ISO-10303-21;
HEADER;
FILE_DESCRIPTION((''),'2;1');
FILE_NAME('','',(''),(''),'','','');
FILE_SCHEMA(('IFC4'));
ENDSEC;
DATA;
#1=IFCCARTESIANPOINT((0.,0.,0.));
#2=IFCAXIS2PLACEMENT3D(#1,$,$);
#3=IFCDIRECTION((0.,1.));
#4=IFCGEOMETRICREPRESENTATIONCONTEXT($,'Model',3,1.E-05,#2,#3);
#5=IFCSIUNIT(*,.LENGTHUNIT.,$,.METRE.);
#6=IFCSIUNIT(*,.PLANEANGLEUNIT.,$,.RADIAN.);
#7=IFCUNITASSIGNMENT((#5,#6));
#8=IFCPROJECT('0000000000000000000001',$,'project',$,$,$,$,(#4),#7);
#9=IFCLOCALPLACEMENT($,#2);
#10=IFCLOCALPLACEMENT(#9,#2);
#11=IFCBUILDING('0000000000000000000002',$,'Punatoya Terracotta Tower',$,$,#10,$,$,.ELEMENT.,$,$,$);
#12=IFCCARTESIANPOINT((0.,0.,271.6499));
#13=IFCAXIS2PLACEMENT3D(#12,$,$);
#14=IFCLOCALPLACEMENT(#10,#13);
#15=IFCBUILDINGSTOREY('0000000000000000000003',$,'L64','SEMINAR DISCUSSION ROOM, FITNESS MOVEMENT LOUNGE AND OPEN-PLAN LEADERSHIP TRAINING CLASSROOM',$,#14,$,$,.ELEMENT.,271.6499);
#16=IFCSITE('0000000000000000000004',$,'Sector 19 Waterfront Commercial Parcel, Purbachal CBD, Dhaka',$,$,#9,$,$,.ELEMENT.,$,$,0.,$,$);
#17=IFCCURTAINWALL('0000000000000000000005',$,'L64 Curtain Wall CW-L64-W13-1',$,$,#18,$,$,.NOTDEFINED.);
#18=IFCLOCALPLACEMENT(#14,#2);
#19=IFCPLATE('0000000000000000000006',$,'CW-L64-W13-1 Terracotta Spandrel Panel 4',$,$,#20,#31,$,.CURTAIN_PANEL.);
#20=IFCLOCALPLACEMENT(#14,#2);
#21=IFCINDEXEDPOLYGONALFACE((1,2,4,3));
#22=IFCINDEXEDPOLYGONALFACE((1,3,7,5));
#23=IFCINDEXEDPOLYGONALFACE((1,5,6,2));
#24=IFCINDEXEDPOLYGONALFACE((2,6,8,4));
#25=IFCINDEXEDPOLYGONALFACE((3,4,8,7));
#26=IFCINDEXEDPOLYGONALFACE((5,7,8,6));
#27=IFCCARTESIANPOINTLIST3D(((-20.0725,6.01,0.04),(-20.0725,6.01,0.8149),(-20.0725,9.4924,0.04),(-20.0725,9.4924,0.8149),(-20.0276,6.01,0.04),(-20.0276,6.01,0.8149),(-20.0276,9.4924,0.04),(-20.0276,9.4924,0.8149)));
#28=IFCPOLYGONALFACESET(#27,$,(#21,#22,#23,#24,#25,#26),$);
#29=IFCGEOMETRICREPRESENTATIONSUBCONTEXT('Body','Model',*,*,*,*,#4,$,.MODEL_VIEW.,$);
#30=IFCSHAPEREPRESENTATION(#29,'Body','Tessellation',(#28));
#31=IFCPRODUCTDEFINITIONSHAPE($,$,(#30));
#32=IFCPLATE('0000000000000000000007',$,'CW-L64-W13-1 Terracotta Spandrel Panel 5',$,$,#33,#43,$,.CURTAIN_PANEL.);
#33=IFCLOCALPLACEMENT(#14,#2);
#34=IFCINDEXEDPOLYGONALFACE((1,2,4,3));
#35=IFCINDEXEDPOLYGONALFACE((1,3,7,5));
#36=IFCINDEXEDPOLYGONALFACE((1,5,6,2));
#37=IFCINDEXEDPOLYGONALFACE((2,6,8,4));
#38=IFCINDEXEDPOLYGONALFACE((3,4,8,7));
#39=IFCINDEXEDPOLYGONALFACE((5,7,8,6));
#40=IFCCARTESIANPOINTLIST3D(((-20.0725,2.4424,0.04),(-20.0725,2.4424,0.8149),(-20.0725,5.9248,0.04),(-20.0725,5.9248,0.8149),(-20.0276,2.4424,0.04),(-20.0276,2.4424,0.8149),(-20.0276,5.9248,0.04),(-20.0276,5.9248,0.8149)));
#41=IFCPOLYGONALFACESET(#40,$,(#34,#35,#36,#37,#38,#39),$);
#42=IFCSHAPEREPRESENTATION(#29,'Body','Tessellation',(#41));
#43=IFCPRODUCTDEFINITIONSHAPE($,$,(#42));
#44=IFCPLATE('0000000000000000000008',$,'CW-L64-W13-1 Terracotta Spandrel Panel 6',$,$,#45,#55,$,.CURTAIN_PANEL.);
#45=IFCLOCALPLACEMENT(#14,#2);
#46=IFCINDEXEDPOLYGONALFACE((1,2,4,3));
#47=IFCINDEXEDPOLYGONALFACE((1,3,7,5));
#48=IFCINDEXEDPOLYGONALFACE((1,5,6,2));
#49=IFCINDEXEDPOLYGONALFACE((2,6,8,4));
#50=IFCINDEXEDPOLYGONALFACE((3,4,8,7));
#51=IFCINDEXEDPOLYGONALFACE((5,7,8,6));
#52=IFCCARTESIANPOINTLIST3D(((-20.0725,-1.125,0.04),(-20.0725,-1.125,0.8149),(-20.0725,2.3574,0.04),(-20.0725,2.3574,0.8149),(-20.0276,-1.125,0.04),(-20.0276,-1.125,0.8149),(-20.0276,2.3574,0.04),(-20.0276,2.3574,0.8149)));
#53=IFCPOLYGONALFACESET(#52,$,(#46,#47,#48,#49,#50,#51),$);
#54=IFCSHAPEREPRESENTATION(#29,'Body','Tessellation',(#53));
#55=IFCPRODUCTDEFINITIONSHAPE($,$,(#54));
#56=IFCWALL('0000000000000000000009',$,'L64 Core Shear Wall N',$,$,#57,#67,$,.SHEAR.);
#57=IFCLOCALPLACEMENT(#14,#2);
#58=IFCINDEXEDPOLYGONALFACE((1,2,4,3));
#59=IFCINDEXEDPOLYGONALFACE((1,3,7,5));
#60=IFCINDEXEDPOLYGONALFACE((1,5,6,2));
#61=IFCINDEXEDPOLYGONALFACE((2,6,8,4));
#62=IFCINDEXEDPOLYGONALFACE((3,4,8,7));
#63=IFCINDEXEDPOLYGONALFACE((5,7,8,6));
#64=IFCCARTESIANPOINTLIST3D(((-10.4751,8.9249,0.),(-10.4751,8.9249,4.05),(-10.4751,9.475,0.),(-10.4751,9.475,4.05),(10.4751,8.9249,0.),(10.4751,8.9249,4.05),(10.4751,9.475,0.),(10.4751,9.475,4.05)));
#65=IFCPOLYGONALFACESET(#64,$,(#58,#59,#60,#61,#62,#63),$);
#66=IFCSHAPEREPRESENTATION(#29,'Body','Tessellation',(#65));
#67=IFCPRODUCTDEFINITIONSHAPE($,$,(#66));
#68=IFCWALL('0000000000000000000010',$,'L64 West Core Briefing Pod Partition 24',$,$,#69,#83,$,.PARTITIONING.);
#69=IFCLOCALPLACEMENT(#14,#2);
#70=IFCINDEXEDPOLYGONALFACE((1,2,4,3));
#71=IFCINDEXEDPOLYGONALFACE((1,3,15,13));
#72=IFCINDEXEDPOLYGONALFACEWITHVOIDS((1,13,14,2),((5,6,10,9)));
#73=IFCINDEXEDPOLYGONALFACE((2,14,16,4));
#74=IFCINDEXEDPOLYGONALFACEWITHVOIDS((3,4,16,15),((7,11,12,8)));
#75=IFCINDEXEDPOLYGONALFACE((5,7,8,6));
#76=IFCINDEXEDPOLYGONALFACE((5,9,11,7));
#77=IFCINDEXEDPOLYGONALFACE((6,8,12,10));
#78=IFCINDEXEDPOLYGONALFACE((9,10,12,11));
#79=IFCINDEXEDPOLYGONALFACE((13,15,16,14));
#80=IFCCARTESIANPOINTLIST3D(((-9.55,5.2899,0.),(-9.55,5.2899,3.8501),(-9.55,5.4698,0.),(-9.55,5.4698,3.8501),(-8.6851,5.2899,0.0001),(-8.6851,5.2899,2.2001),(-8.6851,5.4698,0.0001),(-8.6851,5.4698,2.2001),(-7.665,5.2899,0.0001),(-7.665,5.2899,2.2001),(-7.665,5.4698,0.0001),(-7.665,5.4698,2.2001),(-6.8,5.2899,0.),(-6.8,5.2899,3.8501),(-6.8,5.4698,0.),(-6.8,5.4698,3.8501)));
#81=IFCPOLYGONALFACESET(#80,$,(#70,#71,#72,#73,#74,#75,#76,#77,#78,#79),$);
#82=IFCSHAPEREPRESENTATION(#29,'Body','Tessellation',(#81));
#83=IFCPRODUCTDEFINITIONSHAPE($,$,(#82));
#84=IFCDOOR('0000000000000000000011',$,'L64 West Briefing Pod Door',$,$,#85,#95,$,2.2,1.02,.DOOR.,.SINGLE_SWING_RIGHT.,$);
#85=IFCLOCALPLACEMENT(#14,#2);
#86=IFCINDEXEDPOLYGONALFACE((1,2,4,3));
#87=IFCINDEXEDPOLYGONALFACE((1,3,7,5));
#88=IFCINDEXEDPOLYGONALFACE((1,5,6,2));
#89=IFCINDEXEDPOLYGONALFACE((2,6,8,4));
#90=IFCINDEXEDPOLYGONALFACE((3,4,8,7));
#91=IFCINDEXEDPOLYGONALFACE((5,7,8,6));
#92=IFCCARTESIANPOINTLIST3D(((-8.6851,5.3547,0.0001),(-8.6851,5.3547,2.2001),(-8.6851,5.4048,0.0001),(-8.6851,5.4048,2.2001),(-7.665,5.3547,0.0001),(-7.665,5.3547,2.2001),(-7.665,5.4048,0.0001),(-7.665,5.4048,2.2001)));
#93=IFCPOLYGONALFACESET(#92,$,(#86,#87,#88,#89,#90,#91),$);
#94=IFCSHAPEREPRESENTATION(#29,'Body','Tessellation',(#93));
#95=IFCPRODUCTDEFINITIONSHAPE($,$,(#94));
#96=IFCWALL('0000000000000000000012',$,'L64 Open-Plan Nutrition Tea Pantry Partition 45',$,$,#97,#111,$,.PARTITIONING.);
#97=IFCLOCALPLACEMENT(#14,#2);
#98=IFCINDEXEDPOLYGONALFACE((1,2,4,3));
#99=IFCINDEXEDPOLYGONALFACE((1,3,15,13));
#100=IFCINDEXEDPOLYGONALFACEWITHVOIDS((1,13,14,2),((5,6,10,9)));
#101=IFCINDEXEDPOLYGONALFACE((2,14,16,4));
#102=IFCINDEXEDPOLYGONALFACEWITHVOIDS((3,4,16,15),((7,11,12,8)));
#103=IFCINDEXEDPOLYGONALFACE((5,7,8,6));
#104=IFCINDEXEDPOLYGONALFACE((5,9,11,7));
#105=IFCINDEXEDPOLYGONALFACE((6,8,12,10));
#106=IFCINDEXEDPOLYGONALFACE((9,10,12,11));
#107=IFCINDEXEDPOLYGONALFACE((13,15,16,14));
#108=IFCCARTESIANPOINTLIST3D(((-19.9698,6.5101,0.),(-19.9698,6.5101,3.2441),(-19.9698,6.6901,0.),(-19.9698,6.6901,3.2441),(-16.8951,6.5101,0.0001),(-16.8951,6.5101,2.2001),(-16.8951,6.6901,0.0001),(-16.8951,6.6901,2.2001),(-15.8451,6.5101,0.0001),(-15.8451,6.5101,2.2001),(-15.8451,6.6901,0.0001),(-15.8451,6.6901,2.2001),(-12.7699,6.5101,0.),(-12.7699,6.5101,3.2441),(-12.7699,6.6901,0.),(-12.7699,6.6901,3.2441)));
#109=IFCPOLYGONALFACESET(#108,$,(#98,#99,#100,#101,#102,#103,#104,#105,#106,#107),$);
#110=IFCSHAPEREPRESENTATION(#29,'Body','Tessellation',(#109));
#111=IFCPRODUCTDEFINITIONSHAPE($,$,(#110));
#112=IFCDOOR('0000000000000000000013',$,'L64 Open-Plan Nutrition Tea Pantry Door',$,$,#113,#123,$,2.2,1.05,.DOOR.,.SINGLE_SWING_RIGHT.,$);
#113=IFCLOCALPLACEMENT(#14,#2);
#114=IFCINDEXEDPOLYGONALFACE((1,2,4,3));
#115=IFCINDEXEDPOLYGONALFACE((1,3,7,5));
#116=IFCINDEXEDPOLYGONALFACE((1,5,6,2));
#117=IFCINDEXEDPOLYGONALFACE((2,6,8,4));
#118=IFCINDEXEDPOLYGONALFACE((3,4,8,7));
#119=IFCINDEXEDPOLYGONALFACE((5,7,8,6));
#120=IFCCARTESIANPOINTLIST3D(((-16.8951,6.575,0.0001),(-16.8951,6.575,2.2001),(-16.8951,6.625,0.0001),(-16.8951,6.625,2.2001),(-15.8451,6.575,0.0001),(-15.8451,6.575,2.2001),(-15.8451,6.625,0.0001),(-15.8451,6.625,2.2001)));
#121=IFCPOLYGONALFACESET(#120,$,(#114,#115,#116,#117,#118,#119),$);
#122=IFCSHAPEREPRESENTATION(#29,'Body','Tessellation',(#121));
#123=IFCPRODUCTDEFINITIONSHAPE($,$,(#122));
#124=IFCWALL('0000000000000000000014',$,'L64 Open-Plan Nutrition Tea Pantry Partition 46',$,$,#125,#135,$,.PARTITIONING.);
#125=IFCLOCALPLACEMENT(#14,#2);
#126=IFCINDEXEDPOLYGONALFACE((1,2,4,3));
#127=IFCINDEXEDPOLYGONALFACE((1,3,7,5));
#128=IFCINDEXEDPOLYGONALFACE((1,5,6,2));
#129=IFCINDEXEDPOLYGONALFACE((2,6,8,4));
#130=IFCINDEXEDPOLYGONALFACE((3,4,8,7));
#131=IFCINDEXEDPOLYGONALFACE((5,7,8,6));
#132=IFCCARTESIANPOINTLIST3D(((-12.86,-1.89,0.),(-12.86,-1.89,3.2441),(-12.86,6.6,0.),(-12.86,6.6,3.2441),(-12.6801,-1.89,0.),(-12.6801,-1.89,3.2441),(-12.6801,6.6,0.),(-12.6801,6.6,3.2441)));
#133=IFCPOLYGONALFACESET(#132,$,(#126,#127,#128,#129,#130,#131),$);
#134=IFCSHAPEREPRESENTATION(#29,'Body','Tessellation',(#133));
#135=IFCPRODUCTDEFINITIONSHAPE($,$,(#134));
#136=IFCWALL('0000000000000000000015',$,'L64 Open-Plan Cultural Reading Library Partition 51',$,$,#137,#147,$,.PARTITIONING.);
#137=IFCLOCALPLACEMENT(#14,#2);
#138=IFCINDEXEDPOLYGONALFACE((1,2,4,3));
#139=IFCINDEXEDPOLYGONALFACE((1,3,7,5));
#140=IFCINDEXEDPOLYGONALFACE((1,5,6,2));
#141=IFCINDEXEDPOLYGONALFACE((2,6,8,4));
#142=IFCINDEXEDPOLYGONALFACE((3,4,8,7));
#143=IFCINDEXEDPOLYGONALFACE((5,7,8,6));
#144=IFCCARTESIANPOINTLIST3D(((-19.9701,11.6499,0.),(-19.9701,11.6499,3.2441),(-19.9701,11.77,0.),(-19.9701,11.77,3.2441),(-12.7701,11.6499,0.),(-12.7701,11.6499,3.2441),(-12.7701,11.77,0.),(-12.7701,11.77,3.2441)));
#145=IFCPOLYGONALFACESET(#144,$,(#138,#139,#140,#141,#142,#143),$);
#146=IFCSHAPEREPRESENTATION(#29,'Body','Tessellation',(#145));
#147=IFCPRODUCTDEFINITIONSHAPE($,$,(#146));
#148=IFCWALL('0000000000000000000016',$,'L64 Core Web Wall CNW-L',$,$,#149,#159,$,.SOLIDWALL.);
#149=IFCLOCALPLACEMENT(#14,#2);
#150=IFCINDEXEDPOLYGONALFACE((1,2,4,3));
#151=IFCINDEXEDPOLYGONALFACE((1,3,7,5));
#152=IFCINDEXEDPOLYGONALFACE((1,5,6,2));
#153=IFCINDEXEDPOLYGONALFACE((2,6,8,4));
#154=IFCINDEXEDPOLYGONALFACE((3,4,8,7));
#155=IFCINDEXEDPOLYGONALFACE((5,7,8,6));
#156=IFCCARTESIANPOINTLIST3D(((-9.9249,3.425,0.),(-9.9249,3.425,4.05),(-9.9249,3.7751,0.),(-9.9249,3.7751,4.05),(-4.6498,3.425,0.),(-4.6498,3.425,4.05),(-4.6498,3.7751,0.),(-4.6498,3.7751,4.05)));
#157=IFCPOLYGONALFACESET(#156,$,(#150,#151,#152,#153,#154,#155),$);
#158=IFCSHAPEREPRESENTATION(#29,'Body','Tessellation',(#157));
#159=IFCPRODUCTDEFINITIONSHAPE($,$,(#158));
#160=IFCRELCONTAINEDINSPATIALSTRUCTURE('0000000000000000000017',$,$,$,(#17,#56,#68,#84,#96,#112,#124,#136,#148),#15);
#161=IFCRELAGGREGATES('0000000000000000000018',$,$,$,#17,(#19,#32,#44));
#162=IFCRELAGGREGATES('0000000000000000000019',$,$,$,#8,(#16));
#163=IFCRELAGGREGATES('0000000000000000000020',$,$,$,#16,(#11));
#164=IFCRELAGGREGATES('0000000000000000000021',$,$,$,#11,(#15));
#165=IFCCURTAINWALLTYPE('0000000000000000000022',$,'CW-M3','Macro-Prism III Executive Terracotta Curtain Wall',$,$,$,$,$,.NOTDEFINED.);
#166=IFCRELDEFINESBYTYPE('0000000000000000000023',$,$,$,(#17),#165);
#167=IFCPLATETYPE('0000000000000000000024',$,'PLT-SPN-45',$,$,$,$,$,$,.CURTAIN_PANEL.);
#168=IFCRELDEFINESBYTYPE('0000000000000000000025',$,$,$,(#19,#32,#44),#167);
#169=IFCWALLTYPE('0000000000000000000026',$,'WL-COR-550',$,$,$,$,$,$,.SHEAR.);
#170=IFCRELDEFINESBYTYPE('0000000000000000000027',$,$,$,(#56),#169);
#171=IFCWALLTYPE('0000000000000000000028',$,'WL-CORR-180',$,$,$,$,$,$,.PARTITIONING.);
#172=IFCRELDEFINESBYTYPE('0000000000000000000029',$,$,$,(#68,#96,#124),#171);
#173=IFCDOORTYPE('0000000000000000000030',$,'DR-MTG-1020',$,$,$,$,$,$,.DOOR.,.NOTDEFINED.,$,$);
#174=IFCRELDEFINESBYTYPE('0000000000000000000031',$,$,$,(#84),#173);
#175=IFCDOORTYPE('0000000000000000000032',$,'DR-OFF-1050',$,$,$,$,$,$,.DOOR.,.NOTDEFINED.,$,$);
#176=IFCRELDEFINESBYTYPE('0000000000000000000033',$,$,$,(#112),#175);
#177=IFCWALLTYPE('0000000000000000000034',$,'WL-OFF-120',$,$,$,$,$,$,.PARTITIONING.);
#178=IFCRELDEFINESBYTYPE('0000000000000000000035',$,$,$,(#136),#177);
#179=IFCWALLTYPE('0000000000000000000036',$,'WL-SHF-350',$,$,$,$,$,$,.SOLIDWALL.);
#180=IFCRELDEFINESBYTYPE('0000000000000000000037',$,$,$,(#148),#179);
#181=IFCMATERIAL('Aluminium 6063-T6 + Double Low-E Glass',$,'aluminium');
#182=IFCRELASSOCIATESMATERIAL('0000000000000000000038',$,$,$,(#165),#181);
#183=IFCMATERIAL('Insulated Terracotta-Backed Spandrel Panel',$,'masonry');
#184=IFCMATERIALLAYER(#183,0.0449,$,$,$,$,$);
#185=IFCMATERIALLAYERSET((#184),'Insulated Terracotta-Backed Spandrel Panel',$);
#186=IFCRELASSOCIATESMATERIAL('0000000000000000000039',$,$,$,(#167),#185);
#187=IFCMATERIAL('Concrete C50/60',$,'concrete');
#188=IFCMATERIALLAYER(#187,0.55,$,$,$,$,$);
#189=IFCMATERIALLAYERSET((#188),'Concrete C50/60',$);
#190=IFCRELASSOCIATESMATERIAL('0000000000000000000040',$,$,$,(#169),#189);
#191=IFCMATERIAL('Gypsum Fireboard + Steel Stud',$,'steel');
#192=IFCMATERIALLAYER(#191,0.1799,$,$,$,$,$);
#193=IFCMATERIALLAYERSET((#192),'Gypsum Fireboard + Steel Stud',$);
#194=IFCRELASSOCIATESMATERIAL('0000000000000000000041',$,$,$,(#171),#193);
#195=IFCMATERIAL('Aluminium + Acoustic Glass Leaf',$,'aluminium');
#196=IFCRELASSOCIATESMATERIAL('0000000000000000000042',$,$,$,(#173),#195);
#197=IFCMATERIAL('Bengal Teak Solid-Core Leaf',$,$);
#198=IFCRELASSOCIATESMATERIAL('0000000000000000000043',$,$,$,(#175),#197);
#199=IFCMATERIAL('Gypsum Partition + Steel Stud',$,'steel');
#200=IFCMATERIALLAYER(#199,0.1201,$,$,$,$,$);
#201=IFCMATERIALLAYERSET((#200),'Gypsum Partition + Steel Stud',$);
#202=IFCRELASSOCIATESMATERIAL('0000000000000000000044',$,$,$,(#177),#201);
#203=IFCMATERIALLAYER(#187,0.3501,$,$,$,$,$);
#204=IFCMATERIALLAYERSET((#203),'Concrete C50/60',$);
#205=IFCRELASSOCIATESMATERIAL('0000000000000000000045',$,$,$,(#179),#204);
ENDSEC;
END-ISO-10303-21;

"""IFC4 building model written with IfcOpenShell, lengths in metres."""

from ifc_helpers import new_model, si_unit, direction, frame, frame_2d, origin, origin_2d, place, context, subcontext, project, spatial, rectangle, extrude, material, layer, layer_set, type_object, element, fill, aggregate, save


model = new_model("IFC4")

# Units and contexts
model_context = context("Model", 3, precision=1e-05, world=origin(), true_north=direction((0.0, 1.0)))
body_context = subcontext(model_context, "Body", "Model", "MODEL_VIEW")
ifc_project = project(units=[si_unit("LENGTHUNIT", "METRE"), si_unit("PLANEANGLEUNIT", "RADIAN")], contexts=[model_context])

# Site, building, storey
site_placement = place(None, origin())
site = spatial("IfcSite", under=ifc_project, at=site_placement, Name="Sector 19 Waterfront Commercial Parcel, Purbachal CBD, Dhaka", CompositionType="ELEMENT", RefElevation=0.0)
building_placement = place(site_placement, origin())
building = spatial("IfcBuilding", under=site, at=building_placement, Name="Punatoya Terracotta Tower", CompositionType="ELEMENT")
storey_placement = place(building_placement, frame((0.0, 0.0, 271.6499)))
storey = spatial("IfcBuildingStorey", under=building, at=storey_placement, Name="L64", Description="SEMINAR DISCUSSION ROOM, FITNESS MOVEMENT LOUNGE AND OPEN-PLAN LEADERSHIP TRAINING CLASSROOM", CompositionType="ELEMENT", Elevation=271.6499)

# Curtain wall, plates
ifc_material_1 = material(Name="Aluminium 6063-T6 + Double Low-E Glass", Category="aluminium")
curtain_wall_type = type_object("IfcCurtainWallType", Name="CW-M3", Description="Macro-Prism III Executive Terracotta Curtain Wall", PredefinedType="NOTDEFINED", material=ifc_material_1)
curtain_wall_placement = place(storey_placement, origin())
curtain_wall = element("IfcCurtainWall", 1, at=curtain_wall_placement, inside=storey, type_object=curtain_wall_type, Name="L64 Curtain Wall CW-L64-W13-1", PredefinedType="NOTDEFINED")
ifc_material_2 = material(Name="Insulated Terracotta-Backed Spandrel Panel", Category="masonry")
ifc_layer_1 = layer(ifc_material_2, 0.0449)
ifc_layer_set_1 = layer_set([ifc_layer_1], Name="Insulated Terracotta-Backed Spandrel Panel")
plate_type_1 = type_object("IfcPlateType", Name="PLT-SPN-45", PredefinedType="CURTAIN_PANEL", material=ifc_layer_set_1)
plate_1_placement = place(storey_placement, frame((-20.05, 7.7512, 0.04), z_axis=(0.0, 0.0, 1.0), x_axis=(0.0, -1.0, 0.0)))
plate_1 = element("IfcPlate", 2, at=plate_1_placement, type_object=plate_type_1, Name="CW-L64-W13-1 Terracotta Spandrel Panel 4", PredefinedType="CURTAIN_PANEL", context=body_context, shape_type="SweptSolid", body=[
    extrude(rectangle(XDim=3.4824, YDim=0.0449, at=origin_2d()), origin(), (0.0, 0.0, 1.0), 0.7749),
])
plate_2_placement = place(storey_placement, frame((-20.05, 4.1836, 0.04), z_axis=(0.0, 0.0, 1.0), x_axis=(0.0, -1.0, 0.0)))
plate_2 = element("IfcPlate", 3, at=plate_2_placement, type_object=plate_type_1, Name="CW-L64-W13-1 Terracotta Spandrel Panel 5", PredefinedType="CURTAIN_PANEL", context=body_context, shape_type="SweptSolid", body=[
    extrude(rectangle(XDim=3.4824, YDim=0.0449, at=origin_2d()), origin(), (0.0, 0.0, 1.0), 0.7749),
])
plate_3_placement = place(storey_placement, frame((-20.05, 0.6162, 0.04), z_axis=(0.0, 0.0, 1.0), x_axis=(0.0, -1.0, 0.0)))
plate_3 = element("IfcPlate", 4, at=plate_3_placement, type_object=plate_type_1, Name="CW-L64-W13-1 Terracotta Spandrel Panel 6", PredefinedType="CURTAIN_PANEL", context=body_context, shape_type="SweptSolid", body=[
    extrude(rectangle(XDim=3.4824, YDim=0.0449, at=origin_2d()), origin(), (0.0, 0.0, 1.0), 0.7749),
])
aggregate(curtain_wall, [plate_1, plate_2, plate_3])

# Wall
ifc_material_3 = material(Name="Concrete C50/60", Category="concrete")
ifc_layer_2 = layer(ifc_material_3, 0.55)
ifc_layer_set_2 = layer_set([ifc_layer_2], Name="Concrete C50/60")
wall_type_1 = type_object("IfcWallType", Name="WL-COR-550", PredefinedType="SHEAR", material=ifc_layer_set_2)
wall_1_placement = place(storey_placement, frame((-10.4751, 9.2, 0.0), z_axis=(0.0, 0.0, 1.0), x_axis=(1.0, 0.0, 0.0)))
element("IfcWall", 5, at=wall_1_placement, inside=storey, type_object=wall_type_1, Name="L64 Core Shear Wall N", PredefinedType="SHEAR", context=body_context, shape_type="SweptSolid", body=[
    extrude(rectangle(XDim=20.9502, YDim=0.55, at=frame_2d((10.4751, 0.0))), origin(), (0.0, 0.0, 1.0), 4.05),
])

# Walls, openings, doors
ifc_material_4 = material(Name="Gypsum Fireboard + Steel Stud", Category="steel")
ifc_layer_3 = layer(ifc_material_4, 0.1799)
ifc_layer_set_3 = layer_set([ifc_layer_3], Name="Gypsum Fireboard + Steel Stud")
wall_type_2 = type_object("IfcWallType", Name="WL-CORR-180", PredefinedType="PARTITIONING", material=ifc_layer_set_3)
wall_2_placement = place(storey_placement, frame((-9.55, 5.3799, 0.0), z_axis=(0.0, 0.0, 1.0), x_axis=(1.0, 0.0, 0.0)))
wall_2 = element("IfcWall", 6, at=wall_2_placement, inside=storey, type_object=wall_type_2, Name="L64 West Core Briefing Pod Partition 24", PredefinedType="PARTITIONING", context=body_context, shape_type="SweptSolid", body=[
    extrude(rectangle(XDim=2.75, YDim=0.1799, at=frame_2d((1.375, 0.0))), origin(), (0.0, 0.0, 1.0), 3.8501),
])
opening_1_placement = place(wall_2_placement, frame((0.865, 0.0, 0.0)))
opening_1 = element("IfcOpeningElement", 7, at=opening_1_placement, cuts=wall_2, PredefinedType="OPENING", context=body_context, shape_type="SweptSolid", body=[
    extrude(rectangle(XDim=1.02, YDim=2.2, at=frame_2d((0.51, 1.1001))), frame((0.0, 0.0999, 0.0), z_axis=(0.0, -1.0, 0.0), x_axis=(1.0, 0.0, 0.0)), (0.0, 0.0, 1.0), 0.2),
])
ifc_material_5 = material(Name="Aluminium + Acoustic Glass Leaf", Category="aluminium")
door_type_1 = type_object("IfcDoorType", Name="DR-MTG-1020", OperationType="NOTDEFINED", PredefinedType="DOOR", material=ifc_material_5)
door_1_placement = place(opening_1_placement, origin())
door_1 = element("IfcDoor", 8, at=door_1_placement, inside=storey, type_object=door_type_1, Name="L64 West Briefing Pod Door", OperationType="SINGLE_SWING_RIGHT", OverallHeight=2.2, OverallWidth=1.02, PredefinedType="DOOR", context=body_context, shape_type="SweptSolid", body=[
    extrude(rectangle(XDim=1.02, YDim=2.2, at=frame_2d((0.51, 1.1001))), frame((0.0, 0.0249, 0.0), z_axis=(0.0, -1.0, 0.0), x_axis=(1.0, 0.0, 0.0)), (0.0, 0.0, 1.0), 0.05),
])
fill(opening_1, door_1)
wall_3_placement = place(storey_placement, frame((-19.97, 6.6001, 0.0), z_axis=(0.0, 0.0, 1.0), x_axis=(1.0, 0.0, 0.0)))
wall_3 = element("IfcWall", 9, at=wall_3_placement, inside=storey, type_object=wall_type_2, Name="L64 Open-Plan Nutrition Tea Pantry Partition 45", PredefinedType="PARTITIONING", context=body_context, shape_type="SweptSolid", body=[
    extrude(rectangle(XDim=7.2, YDim=0.1799, at=frame_2d((3.6001, 0.0))), origin(), (0.0, 0.0, 1.0), 3.2441),
])
opening_2_placement = place(wall_3_placement, frame((3.075, 0.0, 0.0)))
opening_2 = element("IfcOpeningElement", 10, at=opening_2_placement, cuts=wall_3, PredefinedType="OPENING", context=body_context, shape_type="SweptSolid", body=[
    extrude(rectangle(XDim=1.05, YDim=2.2, at=frame_2d((0.5249, 1.1001))), frame((0.0, 0.0999, 0.0), z_axis=(0.0, -1.0, 0.0), x_axis=(1.0, 0.0, 0.0)), (0.0, 0.0, 1.0), 0.2),
])
ifc_material_6 = material(Name="Bengal Teak Solid-Core Leaf")
door_type_2 = type_object("IfcDoorType", Name="DR-OFF-1050", OperationType="NOTDEFINED", PredefinedType="DOOR", material=ifc_material_6)
door_2_placement = place(opening_2_placement, origin())
door_2 = element("IfcDoor", 11, at=door_2_placement, inside=storey, type_object=door_type_2, Name="L64 Open-Plan Nutrition Tea Pantry Door", OperationType="SINGLE_SWING_RIGHT", OverallHeight=2.2, OverallWidth=1.05, PredefinedType="DOOR", context=body_context, shape_type="SweptSolid", body=[
    extrude(rectangle(XDim=1.05, YDim=2.2, at=frame_2d((0.5249, 1.1001))), frame((0.0, 0.0249, 0.0), z_axis=(0.0, -1.0, 0.0), x_axis=(1.0, 0.0, 0.0)), (0.0, 0.0, 1.0), 0.05),
])
fill(opening_2, door_2)

# Walls
wall_4_placement = place(storey_placement, frame((-12.77, 6.6001, 0.0), z_axis=(0.0, 0.0, 1.0), x_axis=(0.0, -1.0, 0.0)))
element("IfcWall", 12, at=wall_4_placement, inside=storey, type_object=wall_type_2, Name="L64 Open-Plan Nutrition Tea Pantry Partition 46", PredefinedType="PARTITIONING", context=body_context, shape_type="SweptSolid", body=[
    extrude(rectangle(XDim=8.49, YDim=0.1799, at=frame_2d((4.2451, 0.0))), origin(), (0.0, 0.0, 1.0), 3.2441),
])
ifc_material_7 = material(Name="Gypsum Partition + Steel Stud", Category="steel")
ifc_layer_4 = layer(ifc_material_7, 0.1201)
ifc_layer_set_4 = layer_set([ifc_layer_4], Name="Gypsum Partition + Steel Stud")
wall_type_3 = type_object("IfcWallType", Name="WL-OFF-120", PredefinedType="PARTITIONING", material=ifc_layer_set_4)
wall_5_placement = place(storey_placement, frame((-12.77, 11.71, 0.0), z_axis=(0.0, 0.0, 1.0), x_axis=(-1.0, 0.0, 0.0)))
element("IfcWall", 13, at=wall_5_placement, inside=storey, type_object=wall_type_3, Name="L64 Open-Plan Cultural Reading Library Partition 51", PredefinedType="PARTITIONING", context=body_context, shape_type="SweptSolid", body=[
    extrude(rectangle(XDim=7.2, YDim=0.1201, at=frame_2d((3.6001, 0.0))), origin(), (0.0, 0.0, 1.0), 3.2441),
])
ifc_layer_5 = layer(ifc_material_3, 0.3501)
ifc_layer_set_5 = layer_set([ifc_layer_5], Name="Concrete C50/60")
wall_type_4 = type_object("IfcWallType", Name="WL-SHF-350", PredefinedType="SOLIDWALL", material=ifc_layer_set_5)
wall_6_placement = place(storey_placement, frame((-9.925, 3.6001, 0.0), z_axis=(0.0, 0.0, 1.0), x_axis=(1.0, 0.0, 0.0)))
element("IfcWall", 14, at=wall_6_placement, inside=storey, type_object=wall_type_4, Name="L64 Core Web Wall CNW-L", PredefinedType="SOLIDWALL", context=body_context, shape_type="SweptSolid", body=[
    extrude(rectangle(XDim=5.2751, YDim=0.3501, at=frame_2d((2.6377, 0.0))), origin(), (0.0, 0.0, 1.0), 4.05),
])

save(model, "model.ifc")
